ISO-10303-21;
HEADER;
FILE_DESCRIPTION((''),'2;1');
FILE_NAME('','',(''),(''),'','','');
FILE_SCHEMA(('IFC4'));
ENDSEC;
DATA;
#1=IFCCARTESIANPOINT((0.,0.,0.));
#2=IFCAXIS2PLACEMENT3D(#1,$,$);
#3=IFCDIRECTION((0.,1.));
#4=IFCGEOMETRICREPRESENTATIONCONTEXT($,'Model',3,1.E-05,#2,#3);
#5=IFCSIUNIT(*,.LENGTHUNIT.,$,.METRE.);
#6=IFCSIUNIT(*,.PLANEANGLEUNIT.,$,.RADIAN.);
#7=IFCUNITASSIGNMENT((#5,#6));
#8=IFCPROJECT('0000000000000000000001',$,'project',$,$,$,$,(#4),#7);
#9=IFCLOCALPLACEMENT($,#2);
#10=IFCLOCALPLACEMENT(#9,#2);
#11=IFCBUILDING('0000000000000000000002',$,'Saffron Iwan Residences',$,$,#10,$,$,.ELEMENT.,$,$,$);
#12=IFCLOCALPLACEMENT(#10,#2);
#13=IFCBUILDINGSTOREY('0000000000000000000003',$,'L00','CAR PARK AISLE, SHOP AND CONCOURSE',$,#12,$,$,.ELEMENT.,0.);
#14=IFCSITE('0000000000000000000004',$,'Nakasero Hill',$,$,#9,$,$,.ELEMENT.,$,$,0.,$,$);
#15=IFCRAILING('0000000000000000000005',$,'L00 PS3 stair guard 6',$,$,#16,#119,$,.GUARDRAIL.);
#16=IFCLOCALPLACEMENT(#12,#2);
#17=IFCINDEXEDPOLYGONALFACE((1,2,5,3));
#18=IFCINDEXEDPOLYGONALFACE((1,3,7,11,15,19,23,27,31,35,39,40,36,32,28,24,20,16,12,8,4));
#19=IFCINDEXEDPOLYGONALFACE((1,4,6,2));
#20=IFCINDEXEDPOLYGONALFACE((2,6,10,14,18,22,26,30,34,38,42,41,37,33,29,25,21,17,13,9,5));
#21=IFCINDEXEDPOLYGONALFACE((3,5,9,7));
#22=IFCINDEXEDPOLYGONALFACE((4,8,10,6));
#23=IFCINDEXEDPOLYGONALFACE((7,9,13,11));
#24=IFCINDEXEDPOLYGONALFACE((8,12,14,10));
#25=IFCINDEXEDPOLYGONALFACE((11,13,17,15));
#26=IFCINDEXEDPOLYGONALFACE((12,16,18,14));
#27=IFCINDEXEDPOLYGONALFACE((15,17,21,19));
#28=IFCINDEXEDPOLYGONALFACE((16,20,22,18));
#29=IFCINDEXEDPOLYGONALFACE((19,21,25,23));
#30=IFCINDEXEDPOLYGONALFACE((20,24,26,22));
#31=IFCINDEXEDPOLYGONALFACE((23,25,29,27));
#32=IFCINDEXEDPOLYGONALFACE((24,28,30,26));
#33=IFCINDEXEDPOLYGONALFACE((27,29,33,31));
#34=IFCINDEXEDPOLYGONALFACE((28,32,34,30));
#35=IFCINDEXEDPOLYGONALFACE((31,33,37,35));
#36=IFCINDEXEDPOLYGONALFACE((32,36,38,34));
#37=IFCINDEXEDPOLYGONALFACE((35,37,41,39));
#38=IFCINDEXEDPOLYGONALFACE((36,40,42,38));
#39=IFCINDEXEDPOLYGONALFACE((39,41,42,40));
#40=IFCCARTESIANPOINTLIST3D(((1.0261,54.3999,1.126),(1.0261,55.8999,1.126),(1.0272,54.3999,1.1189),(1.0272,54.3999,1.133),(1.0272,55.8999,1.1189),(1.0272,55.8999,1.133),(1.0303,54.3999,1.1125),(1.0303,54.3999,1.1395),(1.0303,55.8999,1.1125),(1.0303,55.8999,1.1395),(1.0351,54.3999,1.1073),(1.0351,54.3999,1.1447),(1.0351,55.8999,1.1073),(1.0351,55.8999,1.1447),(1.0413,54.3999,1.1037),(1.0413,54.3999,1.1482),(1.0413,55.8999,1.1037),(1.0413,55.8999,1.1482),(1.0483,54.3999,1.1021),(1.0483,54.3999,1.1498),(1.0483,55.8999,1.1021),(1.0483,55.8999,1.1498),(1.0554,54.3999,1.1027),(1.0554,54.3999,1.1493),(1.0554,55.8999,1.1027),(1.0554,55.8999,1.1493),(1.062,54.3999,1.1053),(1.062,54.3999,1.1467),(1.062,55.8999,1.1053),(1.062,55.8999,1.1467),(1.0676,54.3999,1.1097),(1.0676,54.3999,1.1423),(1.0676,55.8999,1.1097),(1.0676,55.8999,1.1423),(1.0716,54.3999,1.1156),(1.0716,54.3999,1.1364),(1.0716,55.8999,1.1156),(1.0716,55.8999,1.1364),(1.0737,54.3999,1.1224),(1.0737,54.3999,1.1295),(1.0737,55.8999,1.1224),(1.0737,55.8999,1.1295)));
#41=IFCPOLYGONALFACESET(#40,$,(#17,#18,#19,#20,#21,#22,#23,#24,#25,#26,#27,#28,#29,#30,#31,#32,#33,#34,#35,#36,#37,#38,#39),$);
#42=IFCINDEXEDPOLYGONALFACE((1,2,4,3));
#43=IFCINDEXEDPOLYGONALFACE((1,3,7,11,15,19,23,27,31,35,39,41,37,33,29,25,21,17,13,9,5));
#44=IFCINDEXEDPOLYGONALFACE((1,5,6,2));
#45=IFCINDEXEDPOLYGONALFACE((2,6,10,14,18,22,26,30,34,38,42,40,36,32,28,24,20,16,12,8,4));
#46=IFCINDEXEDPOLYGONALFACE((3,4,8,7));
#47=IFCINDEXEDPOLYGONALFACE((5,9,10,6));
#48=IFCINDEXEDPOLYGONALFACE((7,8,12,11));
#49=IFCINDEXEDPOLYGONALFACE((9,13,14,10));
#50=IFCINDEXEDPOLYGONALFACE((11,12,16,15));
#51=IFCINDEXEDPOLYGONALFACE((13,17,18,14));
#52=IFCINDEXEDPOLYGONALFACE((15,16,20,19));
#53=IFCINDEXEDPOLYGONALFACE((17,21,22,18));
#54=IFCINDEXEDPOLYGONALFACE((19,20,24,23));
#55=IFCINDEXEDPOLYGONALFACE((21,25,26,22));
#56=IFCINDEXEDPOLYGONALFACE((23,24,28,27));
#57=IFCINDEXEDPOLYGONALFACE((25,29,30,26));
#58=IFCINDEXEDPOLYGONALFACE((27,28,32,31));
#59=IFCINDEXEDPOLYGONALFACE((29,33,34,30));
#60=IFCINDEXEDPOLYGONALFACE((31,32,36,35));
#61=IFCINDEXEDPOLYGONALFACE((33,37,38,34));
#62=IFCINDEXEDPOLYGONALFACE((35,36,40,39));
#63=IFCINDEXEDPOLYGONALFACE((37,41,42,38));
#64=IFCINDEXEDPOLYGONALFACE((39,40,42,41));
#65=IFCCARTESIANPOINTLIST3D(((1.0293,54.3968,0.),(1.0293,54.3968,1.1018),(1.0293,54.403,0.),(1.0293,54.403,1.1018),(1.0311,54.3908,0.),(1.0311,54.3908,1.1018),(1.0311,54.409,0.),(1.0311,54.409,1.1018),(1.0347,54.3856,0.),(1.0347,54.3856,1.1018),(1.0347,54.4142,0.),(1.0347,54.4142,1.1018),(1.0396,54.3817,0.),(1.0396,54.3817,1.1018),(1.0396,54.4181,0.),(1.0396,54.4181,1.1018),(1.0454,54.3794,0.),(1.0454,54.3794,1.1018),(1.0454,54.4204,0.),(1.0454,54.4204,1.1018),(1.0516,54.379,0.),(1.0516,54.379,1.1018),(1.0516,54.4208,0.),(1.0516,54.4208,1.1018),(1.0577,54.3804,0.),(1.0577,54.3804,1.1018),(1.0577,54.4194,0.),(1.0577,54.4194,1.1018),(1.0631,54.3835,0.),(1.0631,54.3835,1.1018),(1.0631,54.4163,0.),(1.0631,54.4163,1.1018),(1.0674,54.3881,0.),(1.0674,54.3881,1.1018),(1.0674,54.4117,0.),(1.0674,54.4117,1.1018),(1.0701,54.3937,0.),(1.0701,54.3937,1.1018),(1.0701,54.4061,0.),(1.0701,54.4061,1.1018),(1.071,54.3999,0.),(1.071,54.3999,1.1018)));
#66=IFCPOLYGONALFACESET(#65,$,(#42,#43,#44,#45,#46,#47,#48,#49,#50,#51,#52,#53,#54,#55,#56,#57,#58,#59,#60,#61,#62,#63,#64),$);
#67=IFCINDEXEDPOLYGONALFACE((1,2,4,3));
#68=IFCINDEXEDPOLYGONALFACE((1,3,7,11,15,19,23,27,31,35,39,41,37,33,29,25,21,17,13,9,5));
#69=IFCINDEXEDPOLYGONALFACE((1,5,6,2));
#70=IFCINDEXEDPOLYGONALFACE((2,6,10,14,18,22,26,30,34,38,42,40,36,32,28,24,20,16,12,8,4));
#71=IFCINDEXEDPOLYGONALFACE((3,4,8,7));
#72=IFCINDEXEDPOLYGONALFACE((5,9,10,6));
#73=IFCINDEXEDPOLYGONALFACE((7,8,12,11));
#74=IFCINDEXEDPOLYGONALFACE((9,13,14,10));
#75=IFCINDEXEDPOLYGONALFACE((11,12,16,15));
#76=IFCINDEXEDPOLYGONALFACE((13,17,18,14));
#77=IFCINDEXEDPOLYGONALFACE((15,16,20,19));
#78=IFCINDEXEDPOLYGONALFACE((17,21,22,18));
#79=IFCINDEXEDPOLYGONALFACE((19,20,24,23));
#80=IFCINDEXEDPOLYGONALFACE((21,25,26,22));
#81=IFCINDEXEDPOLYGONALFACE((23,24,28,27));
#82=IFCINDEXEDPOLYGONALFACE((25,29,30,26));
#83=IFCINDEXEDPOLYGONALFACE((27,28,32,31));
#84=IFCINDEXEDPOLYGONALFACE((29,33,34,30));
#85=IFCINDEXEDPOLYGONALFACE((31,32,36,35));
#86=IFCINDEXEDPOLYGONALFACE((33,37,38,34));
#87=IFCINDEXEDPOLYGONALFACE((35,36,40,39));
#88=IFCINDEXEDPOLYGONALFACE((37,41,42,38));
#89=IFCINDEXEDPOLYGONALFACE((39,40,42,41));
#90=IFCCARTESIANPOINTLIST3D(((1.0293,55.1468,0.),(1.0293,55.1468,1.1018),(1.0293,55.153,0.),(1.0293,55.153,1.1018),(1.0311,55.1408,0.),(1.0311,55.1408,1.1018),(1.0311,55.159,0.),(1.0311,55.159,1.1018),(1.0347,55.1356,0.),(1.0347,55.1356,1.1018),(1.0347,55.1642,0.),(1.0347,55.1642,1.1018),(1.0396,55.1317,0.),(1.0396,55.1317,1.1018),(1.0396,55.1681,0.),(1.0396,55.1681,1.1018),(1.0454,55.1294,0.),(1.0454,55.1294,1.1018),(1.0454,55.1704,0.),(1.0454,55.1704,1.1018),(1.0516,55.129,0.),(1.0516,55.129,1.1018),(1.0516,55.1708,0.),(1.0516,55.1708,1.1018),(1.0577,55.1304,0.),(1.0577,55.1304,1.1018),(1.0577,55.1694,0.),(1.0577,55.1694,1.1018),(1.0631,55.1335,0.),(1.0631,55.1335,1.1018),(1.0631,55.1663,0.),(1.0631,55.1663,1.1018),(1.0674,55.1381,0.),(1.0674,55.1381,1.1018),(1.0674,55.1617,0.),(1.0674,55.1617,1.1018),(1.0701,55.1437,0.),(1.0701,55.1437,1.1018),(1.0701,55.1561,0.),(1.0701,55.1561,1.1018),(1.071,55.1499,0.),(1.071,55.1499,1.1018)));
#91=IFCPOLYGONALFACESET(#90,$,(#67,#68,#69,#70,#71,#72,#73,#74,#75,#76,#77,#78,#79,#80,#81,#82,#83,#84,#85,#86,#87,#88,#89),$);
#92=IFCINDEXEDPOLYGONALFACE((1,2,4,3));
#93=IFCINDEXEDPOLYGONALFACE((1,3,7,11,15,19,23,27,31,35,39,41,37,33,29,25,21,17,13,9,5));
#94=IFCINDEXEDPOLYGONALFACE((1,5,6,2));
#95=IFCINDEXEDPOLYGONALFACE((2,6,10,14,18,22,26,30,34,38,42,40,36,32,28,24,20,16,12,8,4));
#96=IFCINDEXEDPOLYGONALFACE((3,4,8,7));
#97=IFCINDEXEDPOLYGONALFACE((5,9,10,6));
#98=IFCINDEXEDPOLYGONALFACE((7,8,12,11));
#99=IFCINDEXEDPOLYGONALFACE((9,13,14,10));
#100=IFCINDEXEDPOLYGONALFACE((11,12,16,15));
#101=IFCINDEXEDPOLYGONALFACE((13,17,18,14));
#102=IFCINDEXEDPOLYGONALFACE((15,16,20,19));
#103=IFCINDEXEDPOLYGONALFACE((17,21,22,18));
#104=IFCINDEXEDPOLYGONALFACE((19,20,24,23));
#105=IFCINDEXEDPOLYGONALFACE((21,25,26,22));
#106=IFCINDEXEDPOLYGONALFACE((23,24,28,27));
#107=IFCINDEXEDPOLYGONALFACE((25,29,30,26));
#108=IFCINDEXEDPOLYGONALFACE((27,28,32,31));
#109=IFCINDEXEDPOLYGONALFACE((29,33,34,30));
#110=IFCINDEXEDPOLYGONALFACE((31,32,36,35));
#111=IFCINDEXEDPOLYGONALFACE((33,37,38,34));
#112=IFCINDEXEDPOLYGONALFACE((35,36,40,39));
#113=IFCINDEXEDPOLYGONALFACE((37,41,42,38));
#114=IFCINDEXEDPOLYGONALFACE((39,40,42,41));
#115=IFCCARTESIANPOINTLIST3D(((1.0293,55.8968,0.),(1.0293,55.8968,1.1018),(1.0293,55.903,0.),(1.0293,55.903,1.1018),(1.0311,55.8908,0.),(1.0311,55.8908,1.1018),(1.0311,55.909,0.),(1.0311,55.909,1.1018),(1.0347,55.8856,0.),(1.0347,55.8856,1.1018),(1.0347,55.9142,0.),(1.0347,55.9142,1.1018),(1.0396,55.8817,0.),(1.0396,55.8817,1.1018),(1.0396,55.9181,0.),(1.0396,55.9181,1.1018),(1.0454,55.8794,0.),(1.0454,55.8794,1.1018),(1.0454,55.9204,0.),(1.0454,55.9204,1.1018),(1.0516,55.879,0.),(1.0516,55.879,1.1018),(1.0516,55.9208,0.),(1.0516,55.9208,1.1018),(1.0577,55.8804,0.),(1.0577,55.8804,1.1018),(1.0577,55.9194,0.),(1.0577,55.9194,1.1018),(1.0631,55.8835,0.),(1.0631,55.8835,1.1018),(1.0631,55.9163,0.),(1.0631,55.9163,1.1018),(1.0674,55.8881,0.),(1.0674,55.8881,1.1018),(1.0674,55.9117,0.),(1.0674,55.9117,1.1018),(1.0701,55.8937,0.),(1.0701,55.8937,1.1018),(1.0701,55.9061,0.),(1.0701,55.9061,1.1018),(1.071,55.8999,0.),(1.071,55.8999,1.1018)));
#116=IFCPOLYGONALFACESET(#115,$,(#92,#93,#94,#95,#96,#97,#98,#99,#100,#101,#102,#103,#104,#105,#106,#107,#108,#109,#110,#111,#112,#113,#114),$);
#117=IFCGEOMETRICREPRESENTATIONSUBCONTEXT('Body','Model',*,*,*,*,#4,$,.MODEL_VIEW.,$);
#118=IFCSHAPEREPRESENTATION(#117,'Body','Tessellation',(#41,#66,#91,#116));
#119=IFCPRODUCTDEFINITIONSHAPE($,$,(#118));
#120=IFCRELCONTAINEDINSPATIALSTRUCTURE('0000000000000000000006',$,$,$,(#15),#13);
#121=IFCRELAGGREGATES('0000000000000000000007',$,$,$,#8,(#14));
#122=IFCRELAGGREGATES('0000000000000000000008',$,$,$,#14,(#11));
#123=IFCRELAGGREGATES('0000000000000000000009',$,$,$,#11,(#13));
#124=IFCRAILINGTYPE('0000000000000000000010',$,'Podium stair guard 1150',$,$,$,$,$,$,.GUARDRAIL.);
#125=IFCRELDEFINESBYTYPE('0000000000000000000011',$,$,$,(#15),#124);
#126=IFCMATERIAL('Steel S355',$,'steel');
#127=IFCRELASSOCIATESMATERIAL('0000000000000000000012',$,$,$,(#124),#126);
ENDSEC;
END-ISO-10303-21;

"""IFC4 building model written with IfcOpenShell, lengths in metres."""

from ifc_helpers import new_model, si_unit, direction, frame, origin, origin_2d, place, context, subcontext, project, spatial, circle, extrude, material, type_object, element, save


model = new_model("IFC4")

# Units and contexts
model_context = context("Model", 3, precision=1e-05, world=origin(), true_north=direction((0.0, 1.0)))
body_context = subcontext(model_context, "Body", "Model", "MODEL_VIEW")
ifc_project = project(units=[si_unit("LENGTHUNIT", "METRE"), si_unit("PLANEANGLEUNIT", "RADIAN")], contexts=[model_context])

# Site, building, storey
site_placement = place(None, origin())
site = spatial("IfcSite", under=ifc_project, at=site_placement, Name="Nakasero Hill", CompositionType="ELEMENT", RefElevation=0.0)
building_placement = place(site_placement, origin())
building = spatial("IfcBuilding", under=site, at=building_placement, Name="Saffron Iwan Residences", CompositionType="ELEMENT")
storey_placement = place(building_placement, origin())
storey = spatial("IfcBuildingStorey", under=building, at=storey_placement, Name="L00", Description="CAR PARK AISLE, SHOP AND CONCOURSE", CompositionType="ELEMENT", Elevation=0.0)

# Railing
ifc_material_1 = material(Name="Steel S355", Category="steel")
railing_type_1 = type_object("IfcRailingType", Name="Podium stair guard 1150", PredefinedType="GUARDRAIL", material=ifc_material_1)
railing_1_placement = place(storey_placement, frame((1.05, 54.3999, 0.0)))
element("IfcRailing", 1, at=railing_1_placement, inside=storey, type_object=railing_type_1, Name="L00 PS3 stair guard 6", PredefinedType="GUARDRAIL", context=body_context, shape_type="SweptSolid", body=[
    extrude(circle(Radius=0.0239, at=origin_2d()), frame((0.0, 0.0, 1.126), z_axis=(0.0, 1.0, 0.0), x_axis=(-1.0, 0.0, 0.0)), (0.0, 0.0, 1.0), 1.5),
    extrude(circle(Radius=0.021, at=origin_2d()), origin(), (0.0, 0.0, 1.0), 1.1018),
    extrude(circle(Radius=0.021, at=origin_2d()), frame((0.0, 0.75, 0.0)), (0.0, 0.0, 1.0), 1.1018),
    extrude(circle(Radius=0.021, at=origin_2d()), frame((0.0, 1.5, 0.0)), (0.0, 0.0, 1.0), 1.1018),
])

save(model, "model.ifc")
